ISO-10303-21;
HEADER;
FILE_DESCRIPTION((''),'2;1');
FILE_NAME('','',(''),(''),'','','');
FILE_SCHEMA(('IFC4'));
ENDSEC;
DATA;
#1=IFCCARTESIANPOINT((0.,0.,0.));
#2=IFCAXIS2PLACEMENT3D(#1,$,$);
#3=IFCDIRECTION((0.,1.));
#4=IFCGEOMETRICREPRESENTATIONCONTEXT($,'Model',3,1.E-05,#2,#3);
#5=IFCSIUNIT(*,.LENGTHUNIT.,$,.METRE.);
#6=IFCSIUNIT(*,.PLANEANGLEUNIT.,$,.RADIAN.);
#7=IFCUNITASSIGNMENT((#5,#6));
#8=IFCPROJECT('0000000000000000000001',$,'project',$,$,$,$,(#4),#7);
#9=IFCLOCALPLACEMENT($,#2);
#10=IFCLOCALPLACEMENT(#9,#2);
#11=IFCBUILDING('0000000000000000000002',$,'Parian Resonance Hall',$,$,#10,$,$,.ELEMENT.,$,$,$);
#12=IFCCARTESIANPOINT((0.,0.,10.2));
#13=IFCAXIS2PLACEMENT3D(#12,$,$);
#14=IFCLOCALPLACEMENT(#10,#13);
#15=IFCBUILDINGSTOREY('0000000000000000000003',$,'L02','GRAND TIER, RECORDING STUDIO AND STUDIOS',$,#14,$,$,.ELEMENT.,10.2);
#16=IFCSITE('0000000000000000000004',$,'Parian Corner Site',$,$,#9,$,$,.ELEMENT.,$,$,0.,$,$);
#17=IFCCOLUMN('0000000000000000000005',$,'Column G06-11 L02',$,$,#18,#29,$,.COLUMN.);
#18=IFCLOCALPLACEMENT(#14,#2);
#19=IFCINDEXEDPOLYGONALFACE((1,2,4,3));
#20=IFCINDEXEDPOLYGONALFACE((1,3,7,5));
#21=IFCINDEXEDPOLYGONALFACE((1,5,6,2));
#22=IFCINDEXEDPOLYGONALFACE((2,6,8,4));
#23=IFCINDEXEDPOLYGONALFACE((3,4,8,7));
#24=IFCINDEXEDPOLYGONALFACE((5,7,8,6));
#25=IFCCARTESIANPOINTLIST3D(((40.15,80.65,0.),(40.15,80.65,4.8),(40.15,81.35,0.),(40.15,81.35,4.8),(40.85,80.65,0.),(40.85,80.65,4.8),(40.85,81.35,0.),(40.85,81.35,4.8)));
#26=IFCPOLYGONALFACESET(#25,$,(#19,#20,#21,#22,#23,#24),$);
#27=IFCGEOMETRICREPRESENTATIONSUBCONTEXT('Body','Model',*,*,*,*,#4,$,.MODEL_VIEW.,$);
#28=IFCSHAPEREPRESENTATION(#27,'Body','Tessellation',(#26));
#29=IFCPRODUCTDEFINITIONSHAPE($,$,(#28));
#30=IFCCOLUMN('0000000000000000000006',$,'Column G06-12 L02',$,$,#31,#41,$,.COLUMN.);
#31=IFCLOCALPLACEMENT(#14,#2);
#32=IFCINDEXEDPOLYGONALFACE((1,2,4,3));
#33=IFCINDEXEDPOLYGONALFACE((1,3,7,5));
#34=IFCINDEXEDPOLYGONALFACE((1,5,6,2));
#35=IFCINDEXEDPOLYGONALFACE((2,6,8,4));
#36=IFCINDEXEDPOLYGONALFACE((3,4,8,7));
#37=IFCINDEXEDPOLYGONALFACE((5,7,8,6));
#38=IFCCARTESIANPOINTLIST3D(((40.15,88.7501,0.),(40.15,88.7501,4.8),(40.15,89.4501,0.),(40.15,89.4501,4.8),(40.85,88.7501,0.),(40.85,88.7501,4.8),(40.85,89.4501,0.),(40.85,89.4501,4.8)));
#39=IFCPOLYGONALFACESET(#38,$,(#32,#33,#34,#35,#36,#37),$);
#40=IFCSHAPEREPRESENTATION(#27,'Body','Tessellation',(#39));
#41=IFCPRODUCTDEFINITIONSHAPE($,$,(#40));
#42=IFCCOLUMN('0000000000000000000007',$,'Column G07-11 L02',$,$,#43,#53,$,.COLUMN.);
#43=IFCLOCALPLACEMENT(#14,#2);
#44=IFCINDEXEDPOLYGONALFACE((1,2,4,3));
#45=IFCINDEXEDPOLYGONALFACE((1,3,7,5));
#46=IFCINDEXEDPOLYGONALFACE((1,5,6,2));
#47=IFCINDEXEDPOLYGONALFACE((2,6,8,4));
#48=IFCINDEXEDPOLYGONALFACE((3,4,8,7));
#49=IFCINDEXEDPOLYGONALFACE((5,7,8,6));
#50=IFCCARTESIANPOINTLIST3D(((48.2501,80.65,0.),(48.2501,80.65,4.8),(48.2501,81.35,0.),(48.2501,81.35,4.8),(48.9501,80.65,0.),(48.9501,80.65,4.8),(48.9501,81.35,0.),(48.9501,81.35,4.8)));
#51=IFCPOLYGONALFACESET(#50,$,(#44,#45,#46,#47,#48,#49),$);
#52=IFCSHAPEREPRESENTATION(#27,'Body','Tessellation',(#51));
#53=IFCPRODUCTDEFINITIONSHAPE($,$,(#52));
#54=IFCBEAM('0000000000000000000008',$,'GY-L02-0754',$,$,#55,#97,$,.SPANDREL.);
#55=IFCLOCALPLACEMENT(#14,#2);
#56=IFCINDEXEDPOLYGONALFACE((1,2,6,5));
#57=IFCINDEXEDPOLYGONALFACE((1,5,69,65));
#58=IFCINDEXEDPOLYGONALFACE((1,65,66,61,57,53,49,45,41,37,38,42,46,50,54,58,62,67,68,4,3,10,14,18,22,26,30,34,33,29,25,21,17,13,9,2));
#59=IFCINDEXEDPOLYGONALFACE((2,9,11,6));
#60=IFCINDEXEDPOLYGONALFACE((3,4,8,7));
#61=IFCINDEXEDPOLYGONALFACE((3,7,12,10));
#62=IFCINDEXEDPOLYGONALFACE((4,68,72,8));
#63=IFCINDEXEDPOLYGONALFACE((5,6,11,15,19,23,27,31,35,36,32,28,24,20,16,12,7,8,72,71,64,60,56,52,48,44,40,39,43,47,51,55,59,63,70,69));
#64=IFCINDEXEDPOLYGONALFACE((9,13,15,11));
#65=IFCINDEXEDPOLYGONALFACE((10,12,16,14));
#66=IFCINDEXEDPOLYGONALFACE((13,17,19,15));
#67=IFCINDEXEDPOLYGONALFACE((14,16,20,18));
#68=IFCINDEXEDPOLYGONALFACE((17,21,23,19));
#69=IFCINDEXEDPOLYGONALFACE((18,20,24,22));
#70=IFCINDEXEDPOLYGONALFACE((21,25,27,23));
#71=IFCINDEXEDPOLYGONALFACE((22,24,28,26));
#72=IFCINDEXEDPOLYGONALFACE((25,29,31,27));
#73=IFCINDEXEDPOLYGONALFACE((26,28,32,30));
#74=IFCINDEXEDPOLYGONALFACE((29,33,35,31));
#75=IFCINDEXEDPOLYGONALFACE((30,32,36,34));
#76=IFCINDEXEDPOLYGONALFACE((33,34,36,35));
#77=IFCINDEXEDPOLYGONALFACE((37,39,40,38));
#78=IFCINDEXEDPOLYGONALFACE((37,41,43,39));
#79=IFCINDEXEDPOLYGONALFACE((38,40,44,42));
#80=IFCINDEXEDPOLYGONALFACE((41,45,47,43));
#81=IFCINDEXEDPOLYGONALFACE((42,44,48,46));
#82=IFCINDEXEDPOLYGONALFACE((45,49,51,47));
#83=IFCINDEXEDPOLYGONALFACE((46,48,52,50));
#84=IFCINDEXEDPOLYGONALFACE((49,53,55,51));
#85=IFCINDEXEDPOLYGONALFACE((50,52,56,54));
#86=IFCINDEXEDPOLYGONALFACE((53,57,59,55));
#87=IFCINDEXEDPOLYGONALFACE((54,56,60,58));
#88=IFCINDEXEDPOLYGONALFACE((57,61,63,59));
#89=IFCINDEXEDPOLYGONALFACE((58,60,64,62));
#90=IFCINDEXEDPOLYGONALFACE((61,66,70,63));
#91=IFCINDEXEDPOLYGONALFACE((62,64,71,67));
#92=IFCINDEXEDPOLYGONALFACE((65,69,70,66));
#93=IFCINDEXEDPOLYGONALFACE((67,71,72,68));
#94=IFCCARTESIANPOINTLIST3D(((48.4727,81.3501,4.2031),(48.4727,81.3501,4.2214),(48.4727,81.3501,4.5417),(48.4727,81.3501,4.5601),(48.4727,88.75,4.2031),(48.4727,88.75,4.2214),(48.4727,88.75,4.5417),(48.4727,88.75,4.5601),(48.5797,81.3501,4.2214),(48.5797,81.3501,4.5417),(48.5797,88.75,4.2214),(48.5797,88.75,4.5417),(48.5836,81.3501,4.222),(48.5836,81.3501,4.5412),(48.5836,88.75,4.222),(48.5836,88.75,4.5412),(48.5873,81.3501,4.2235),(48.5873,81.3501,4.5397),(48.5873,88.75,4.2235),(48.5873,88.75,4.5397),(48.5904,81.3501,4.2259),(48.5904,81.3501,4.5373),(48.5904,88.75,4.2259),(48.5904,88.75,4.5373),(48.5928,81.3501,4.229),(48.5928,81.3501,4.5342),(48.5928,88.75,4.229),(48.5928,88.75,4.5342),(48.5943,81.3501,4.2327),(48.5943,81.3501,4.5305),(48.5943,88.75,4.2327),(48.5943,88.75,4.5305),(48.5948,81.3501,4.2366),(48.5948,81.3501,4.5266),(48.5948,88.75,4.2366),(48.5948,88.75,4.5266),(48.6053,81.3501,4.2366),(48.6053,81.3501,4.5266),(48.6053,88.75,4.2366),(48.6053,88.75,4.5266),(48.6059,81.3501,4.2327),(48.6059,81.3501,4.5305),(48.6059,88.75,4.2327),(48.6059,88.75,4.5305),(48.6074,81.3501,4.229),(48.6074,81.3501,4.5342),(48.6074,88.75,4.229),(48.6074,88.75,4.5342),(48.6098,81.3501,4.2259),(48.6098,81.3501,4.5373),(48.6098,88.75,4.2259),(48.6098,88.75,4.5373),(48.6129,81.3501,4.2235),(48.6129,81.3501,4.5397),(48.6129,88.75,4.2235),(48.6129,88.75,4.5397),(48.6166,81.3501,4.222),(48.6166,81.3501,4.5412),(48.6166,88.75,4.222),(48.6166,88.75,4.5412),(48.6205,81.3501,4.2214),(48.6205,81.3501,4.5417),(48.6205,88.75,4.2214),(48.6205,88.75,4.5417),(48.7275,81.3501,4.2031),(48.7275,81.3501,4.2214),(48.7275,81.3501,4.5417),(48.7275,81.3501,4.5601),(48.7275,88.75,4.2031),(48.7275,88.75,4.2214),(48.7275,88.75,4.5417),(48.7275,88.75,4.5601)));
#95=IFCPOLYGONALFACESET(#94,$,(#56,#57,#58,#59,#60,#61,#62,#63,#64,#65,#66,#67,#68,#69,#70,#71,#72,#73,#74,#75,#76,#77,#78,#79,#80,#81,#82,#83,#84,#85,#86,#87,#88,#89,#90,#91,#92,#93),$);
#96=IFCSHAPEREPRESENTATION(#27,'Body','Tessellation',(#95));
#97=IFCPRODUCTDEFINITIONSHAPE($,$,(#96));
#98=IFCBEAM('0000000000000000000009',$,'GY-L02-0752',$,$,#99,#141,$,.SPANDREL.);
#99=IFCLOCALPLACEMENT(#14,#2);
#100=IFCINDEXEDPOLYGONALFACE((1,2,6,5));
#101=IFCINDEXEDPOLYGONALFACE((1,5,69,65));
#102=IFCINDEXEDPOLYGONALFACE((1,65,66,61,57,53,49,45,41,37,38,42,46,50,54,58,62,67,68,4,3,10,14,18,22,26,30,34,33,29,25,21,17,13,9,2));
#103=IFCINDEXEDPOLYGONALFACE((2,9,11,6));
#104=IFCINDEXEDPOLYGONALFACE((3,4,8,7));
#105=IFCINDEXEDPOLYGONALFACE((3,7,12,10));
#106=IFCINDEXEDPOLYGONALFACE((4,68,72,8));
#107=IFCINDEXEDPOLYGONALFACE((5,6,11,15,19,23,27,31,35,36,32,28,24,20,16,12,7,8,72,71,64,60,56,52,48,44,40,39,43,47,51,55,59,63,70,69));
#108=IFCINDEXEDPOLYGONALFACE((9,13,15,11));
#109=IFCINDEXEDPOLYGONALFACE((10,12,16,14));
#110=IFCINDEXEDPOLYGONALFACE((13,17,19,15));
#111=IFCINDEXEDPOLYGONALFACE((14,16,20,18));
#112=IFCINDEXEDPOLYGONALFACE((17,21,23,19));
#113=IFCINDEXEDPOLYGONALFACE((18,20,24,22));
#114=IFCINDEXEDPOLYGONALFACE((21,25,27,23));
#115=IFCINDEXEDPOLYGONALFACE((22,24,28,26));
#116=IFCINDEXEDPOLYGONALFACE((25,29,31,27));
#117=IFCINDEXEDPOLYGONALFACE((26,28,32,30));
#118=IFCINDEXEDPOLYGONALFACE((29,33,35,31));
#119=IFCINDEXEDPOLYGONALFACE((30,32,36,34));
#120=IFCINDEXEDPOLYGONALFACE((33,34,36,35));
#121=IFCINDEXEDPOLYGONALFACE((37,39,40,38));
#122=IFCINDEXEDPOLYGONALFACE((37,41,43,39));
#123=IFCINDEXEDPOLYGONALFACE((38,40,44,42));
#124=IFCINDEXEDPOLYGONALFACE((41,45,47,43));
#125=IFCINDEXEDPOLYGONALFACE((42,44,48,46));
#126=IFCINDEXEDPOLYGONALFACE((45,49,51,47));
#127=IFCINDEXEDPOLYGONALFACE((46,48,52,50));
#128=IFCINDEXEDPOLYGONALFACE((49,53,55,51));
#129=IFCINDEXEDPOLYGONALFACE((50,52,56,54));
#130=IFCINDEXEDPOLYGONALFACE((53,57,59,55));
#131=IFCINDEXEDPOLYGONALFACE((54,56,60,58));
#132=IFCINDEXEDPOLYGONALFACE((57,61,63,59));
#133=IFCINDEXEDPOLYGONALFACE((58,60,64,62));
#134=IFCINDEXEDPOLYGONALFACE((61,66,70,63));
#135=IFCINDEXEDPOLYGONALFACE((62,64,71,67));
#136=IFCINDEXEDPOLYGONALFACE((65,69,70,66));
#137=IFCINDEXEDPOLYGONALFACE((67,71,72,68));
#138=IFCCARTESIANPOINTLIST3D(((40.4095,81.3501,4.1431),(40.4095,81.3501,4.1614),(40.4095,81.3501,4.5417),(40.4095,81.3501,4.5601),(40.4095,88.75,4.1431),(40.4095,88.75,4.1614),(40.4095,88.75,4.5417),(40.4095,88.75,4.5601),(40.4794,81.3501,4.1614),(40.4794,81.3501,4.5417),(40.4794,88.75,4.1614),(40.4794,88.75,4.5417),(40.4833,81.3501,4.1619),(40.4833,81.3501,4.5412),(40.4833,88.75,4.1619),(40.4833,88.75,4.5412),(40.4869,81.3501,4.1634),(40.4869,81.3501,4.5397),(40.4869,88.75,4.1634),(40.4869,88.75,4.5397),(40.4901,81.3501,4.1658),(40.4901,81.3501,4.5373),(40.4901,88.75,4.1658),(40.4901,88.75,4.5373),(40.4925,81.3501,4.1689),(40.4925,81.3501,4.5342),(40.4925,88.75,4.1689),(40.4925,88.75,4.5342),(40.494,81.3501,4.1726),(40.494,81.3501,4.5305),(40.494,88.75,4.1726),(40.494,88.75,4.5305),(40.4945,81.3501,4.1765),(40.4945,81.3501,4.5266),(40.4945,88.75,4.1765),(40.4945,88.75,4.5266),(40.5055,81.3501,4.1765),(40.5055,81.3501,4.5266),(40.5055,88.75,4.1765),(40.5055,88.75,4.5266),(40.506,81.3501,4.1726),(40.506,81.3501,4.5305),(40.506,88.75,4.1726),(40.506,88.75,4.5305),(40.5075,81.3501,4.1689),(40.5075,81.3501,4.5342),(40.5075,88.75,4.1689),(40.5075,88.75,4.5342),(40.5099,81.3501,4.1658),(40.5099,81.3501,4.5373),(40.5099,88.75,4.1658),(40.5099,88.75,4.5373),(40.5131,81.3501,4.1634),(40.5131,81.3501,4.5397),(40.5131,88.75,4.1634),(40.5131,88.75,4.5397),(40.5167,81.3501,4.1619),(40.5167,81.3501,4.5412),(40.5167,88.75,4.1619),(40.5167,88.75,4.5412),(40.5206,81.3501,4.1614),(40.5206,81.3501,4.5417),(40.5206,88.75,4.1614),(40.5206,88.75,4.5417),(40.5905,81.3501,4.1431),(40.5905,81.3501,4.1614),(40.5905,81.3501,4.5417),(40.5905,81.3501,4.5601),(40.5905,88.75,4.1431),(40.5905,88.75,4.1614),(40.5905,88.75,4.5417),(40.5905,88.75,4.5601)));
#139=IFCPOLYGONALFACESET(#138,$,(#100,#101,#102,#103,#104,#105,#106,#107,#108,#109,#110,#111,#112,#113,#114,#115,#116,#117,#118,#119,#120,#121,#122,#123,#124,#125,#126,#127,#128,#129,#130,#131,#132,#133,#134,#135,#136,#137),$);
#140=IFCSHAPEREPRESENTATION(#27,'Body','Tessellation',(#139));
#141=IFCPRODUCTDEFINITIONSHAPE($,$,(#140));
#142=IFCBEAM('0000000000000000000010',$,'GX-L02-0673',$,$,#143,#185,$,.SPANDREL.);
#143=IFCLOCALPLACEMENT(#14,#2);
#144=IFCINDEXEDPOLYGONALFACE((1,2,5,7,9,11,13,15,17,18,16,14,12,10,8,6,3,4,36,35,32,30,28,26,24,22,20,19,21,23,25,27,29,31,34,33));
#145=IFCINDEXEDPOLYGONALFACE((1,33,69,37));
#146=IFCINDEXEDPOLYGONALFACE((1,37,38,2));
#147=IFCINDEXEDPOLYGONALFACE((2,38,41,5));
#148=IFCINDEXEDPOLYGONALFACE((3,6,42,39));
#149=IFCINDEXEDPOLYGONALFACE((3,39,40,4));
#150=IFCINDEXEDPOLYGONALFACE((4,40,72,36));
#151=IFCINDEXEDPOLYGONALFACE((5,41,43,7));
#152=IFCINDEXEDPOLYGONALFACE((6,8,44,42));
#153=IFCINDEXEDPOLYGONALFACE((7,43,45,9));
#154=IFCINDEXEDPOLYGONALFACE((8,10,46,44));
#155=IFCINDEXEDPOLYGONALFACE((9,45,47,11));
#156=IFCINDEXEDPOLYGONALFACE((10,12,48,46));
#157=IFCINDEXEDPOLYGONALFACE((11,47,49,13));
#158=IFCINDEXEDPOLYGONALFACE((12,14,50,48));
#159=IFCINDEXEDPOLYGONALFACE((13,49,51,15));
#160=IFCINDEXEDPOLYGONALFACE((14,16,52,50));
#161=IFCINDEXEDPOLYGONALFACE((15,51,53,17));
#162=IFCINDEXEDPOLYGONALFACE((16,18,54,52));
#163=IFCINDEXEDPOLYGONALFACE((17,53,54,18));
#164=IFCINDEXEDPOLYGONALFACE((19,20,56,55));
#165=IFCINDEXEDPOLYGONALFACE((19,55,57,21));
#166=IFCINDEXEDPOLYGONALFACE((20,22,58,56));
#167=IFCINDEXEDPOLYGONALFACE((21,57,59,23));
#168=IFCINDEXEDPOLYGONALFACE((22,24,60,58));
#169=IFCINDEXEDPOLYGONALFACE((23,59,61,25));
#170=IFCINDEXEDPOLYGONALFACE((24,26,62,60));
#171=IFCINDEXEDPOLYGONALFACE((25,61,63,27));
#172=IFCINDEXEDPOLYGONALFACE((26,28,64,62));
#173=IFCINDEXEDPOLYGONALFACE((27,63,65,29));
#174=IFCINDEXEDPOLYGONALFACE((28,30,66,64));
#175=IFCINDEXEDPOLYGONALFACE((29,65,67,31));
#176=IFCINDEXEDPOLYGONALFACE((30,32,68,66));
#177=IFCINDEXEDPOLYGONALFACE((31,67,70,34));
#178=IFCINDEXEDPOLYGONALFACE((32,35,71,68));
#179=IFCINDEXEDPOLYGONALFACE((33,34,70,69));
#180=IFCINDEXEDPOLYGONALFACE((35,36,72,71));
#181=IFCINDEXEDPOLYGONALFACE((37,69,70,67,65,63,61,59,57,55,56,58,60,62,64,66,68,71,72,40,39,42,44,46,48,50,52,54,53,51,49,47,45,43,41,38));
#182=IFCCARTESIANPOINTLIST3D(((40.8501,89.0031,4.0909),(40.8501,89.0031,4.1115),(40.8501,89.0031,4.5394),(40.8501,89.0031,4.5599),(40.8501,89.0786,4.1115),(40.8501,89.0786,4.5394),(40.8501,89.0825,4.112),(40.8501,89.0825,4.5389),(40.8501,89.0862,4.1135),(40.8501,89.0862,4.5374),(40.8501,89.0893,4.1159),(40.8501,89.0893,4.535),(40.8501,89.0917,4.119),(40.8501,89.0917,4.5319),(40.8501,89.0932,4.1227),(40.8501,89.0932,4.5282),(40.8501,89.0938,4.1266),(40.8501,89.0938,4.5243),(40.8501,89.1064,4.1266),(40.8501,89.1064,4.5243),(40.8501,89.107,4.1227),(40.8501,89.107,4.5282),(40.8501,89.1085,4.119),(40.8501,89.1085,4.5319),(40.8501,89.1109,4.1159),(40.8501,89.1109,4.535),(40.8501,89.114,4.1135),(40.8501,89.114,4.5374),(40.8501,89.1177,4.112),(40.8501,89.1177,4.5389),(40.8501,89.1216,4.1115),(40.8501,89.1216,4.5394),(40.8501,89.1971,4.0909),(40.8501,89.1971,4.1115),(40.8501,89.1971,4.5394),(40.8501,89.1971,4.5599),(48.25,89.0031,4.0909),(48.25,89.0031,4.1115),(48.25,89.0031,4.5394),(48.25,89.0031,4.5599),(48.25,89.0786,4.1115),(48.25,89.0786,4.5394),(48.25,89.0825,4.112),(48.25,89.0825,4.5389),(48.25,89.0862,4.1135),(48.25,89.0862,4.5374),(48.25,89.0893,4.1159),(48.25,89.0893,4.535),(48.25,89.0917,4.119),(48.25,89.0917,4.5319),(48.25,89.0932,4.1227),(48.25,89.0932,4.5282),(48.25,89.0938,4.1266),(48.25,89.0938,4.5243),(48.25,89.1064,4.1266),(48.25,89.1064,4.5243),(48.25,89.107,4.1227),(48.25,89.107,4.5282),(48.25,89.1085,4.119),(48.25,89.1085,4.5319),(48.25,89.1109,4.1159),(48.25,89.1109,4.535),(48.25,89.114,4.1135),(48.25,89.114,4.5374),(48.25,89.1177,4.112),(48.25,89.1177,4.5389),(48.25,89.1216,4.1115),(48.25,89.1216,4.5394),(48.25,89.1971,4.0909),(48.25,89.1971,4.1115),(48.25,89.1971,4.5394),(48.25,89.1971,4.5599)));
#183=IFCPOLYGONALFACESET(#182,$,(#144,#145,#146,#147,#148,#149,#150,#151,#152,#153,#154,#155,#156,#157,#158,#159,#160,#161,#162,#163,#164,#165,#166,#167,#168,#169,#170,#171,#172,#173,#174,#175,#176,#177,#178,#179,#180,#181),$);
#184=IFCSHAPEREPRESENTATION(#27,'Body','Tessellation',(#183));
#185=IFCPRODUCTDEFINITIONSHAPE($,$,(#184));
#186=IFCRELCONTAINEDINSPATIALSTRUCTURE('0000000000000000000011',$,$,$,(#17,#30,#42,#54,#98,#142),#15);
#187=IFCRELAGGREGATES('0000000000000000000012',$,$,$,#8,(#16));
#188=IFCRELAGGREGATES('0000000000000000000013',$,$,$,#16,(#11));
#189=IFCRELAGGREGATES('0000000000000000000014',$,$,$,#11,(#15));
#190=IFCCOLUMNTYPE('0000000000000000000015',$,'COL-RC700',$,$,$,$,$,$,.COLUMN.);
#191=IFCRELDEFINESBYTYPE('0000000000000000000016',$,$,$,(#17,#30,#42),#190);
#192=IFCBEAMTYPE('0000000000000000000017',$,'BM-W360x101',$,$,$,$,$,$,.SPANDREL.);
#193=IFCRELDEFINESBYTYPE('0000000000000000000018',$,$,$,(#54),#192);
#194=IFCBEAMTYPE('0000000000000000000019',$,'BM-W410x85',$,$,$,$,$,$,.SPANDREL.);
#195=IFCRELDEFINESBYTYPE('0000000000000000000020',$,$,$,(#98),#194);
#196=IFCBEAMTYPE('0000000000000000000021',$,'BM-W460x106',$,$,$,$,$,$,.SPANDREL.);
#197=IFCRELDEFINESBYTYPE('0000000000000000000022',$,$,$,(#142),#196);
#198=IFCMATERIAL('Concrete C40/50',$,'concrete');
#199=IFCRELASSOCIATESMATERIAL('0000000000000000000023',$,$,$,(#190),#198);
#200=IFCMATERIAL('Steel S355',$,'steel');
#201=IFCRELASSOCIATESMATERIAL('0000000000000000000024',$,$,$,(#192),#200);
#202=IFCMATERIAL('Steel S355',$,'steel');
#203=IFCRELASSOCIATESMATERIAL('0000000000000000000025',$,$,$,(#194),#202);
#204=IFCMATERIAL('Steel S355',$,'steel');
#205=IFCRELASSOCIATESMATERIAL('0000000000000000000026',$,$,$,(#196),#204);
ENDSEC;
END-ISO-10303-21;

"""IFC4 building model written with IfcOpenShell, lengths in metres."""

from ifc_helpers import new_model, si_unit, direction, frame, origin, origin_2d, place, context, subcontext, project, spatial, rectangle, i_section, extrude, material, material_profile, profile_set, type_object, element, save


model = new_model("IFC4")

# Units and contexts
model_context = context("Model", 3, precision=1e-05, world=origin(), true_north=direction((0.0, 1.0)))
body_context = subcontext(model_context, "Body", "Model", "MODEL_VIEW")
ifc_project = project(units=[si_unit("LENGTHUNIT", "METRE"), si_unit("PLANEANGLEUNIT", "RADIAN")], contexts=[model_context])

# Site, building, storey
site_placement = place(None, origin())
site = spatial("IfcSite", under=ifc_project, at=site_placement, Name="Parian Corner Site", CompositionType="ELEMENT", RefElevation=0.0)
building_placement = place(site_placement, origin())
building = spatial("IfcBuilding", under=site, at=building_placement, Name="Parian Resonance Hall", CompositionType="ELEMENT")
storey_placement = place(building_placement, frame((0.0, 0.0, 10.2)))
storey = spatial("IfcBuildingStorey", under=building, at=storey_placement, Name="L02", Description="GRAND TIER, RECORDING STUDIO AND STUDIOS", CompositionType="ELEMENT", Elevation=10.2)

# Columns
ifc_material_1 = material(Name="Concrete C40/50", Category="concrete")
ifc_material_profile_1 = material_profile(ifc_material_1, rectangle(XDim=0.7, YDim=0.7, at=origin_2d()), Name="RC-COL-700x700")
ifc_profile_set_1 = profile_set([ifc_material_profile_1], Name="Concrete C40/50")
column_type = type_object("IfcColumnType", Name="COL-RC700", PredefinedType="COLUMN", material=ifc_profile_set_1)
for number, where, z_axis, x_axis, name in (
    (1, (40.5, 81.0, 0.0), (0.0, 0.0, 1.0), (1.0, 0.0, 0.0), "Column G06-11 L02"),
    (2, (40.5, 89.1001, 0.0), (0.0, 0.0, 1.0), (1.0, 0.0, 0.0), "Column G06-12 L02"),
    (3, (48.6001, 81.0, 0.0), (0.0, 0.0, 1.0), (1.0, 0.0, 0.0), "Column G07-11 L02"),
):
    element("IfcColumn", number, at=place(storey_placement, frame(where, z_axis=z_axis, x_axis=x_axis)), inside=storey, type_object=column_type, Name=name, PredefinedType="COLUMN", context=body_context, shape_type="SweptSolid", body=[
        extrude(rectangle(XDim=0.7, YDim=0.7, at=origin_2d()), origin(), (0.0, 0.0, 1.0), 4.8),
    ])

# Beams
ifc_material_2 = material(Name="Steel S355", Category="steel")
ifc_material_profile_2 = material_profile(ifc_material_2, i_section(OverallWidth=0.2549, OverallDepth=0.3569, WebThickness=0.0105, FlangeThickness=0.0183, FilletRadius=0.0151, at=origin_2d()), Name="W360x101")
ifc_profile_set_2 = profile_set([ifc_material_profile_2], Name="Steel S355")
beam_type_1 = type_object("IfcBeamType", Name="BM-W360x101", PredefinedType="SPANDREL", material=ifc_profile_set_2)
beam_1_placement = place(storey_placement, frame((48.6001, 81.3501, 4.3816), z_axis=(0.0, 1.0, 0.0), x_axis=(-1.0, 0.0, 0.0)))
element("IfcBeam", 4, at=beam_1_placement, inside=storey, type_object=beam_type_1, Name="GY-L02-0754", PredefinedType="SPANDREL", context=body_context, shape_type="SweptSolid", body=[
    extrude(i_section(OverallWidth=0.2549, OverallDepth=0.3569, WebThickness=0.0105, FlangeThickness=0.0183, FilletRadius=0.0151, at=origin_2d()), origin(), (0.0, 0.0, 1.0), 7.3999),
])
ifc_material_3 = material(Name="Steel S355", Category="steel")
ifc_material_profile_3 = material_profile(ifc_material_3, i_section(OverallWidth=0.1809, OverallDepth=0.417, WebThickness=0.011, FlangeThickness=0.0183, FilletRadius=0.0151, at=origin_2d()), Name="W410x85")
ifc_profile_set_3 = profile_set([ifc_material_profile_3], Name="Steel S355")
beam_type_2 = type_object("IfcBeamType", Name="BM-W410x85", PredefinedType="SPANDREL", material=ifc_profile_set_3)
beam_2_placement = place(storey_placement, frame((40.5, 81.3501, 4.3516), z_axis=(0.0, 1.0, 0.0), x_axis=(-1.0, 0.0, 0.0)))
element("IfcBeam", 5, at=beam_2_placement, inside=storey, type_object=beam_type_2, Name="GY-L02-0752", PredefinedType="SPANDREL", context=body_context, shape_type="SweptSolid", body=[
    extrude(i_section(OverallWidth=0.1809, OverallDepth=0.417, WebThickness=0.011, FlangeThickness=0.0183, FilletRadius=0.0151, at=origin_2d()), origin(), (0.0, 0.0, 1.0), 7.3999),
])
ifc_material_4 = material(Name="Steel S355", Category="steel")
ifc_material_profile_4 = material_profile(ifc_material_4, i_section(OverallWidth=0.1941, OverallDepth=0.469, WebThickness=0.0127, FlangeThickness=0.0205, FilletRadius=0.0151, at=origin_2d()), Name="W460x106")
ifc_profile_set_4 = profile_set([ifc_material_profile_4], Name="Steel S355")
beam_type_3 = type_object("IfcBeamType", Name="BM-W460x106", PredefinedType="SPANDREL", material=ifc_profile_set_4)
beam_3_placement = place(storey_placement, frame((40.8501, 89.1001, 4.3254), z_axis=(1.0, 0.0, 0.0), x_axis=(0.0, 1.0, 0.0)))
element("IfcBeam", 6, at=beam_3_placement, inside=storey, type_object=beam_type_3, Name="GX-L02-0673", PredefinedType="SPANDREL", context=body_context, shape_type="SweptSolid", body=[
    extrude(i_section(OverallWidth=0.1941, OverallDepth=0.469, WebThickness=0.0127, FlangeThickness=0.0205, FilletRadius=0.0151, at=origin_2d()), origin(), (0.0, 0.0, 1.0), 7.3999),
])

save(model, "model.ifc")
